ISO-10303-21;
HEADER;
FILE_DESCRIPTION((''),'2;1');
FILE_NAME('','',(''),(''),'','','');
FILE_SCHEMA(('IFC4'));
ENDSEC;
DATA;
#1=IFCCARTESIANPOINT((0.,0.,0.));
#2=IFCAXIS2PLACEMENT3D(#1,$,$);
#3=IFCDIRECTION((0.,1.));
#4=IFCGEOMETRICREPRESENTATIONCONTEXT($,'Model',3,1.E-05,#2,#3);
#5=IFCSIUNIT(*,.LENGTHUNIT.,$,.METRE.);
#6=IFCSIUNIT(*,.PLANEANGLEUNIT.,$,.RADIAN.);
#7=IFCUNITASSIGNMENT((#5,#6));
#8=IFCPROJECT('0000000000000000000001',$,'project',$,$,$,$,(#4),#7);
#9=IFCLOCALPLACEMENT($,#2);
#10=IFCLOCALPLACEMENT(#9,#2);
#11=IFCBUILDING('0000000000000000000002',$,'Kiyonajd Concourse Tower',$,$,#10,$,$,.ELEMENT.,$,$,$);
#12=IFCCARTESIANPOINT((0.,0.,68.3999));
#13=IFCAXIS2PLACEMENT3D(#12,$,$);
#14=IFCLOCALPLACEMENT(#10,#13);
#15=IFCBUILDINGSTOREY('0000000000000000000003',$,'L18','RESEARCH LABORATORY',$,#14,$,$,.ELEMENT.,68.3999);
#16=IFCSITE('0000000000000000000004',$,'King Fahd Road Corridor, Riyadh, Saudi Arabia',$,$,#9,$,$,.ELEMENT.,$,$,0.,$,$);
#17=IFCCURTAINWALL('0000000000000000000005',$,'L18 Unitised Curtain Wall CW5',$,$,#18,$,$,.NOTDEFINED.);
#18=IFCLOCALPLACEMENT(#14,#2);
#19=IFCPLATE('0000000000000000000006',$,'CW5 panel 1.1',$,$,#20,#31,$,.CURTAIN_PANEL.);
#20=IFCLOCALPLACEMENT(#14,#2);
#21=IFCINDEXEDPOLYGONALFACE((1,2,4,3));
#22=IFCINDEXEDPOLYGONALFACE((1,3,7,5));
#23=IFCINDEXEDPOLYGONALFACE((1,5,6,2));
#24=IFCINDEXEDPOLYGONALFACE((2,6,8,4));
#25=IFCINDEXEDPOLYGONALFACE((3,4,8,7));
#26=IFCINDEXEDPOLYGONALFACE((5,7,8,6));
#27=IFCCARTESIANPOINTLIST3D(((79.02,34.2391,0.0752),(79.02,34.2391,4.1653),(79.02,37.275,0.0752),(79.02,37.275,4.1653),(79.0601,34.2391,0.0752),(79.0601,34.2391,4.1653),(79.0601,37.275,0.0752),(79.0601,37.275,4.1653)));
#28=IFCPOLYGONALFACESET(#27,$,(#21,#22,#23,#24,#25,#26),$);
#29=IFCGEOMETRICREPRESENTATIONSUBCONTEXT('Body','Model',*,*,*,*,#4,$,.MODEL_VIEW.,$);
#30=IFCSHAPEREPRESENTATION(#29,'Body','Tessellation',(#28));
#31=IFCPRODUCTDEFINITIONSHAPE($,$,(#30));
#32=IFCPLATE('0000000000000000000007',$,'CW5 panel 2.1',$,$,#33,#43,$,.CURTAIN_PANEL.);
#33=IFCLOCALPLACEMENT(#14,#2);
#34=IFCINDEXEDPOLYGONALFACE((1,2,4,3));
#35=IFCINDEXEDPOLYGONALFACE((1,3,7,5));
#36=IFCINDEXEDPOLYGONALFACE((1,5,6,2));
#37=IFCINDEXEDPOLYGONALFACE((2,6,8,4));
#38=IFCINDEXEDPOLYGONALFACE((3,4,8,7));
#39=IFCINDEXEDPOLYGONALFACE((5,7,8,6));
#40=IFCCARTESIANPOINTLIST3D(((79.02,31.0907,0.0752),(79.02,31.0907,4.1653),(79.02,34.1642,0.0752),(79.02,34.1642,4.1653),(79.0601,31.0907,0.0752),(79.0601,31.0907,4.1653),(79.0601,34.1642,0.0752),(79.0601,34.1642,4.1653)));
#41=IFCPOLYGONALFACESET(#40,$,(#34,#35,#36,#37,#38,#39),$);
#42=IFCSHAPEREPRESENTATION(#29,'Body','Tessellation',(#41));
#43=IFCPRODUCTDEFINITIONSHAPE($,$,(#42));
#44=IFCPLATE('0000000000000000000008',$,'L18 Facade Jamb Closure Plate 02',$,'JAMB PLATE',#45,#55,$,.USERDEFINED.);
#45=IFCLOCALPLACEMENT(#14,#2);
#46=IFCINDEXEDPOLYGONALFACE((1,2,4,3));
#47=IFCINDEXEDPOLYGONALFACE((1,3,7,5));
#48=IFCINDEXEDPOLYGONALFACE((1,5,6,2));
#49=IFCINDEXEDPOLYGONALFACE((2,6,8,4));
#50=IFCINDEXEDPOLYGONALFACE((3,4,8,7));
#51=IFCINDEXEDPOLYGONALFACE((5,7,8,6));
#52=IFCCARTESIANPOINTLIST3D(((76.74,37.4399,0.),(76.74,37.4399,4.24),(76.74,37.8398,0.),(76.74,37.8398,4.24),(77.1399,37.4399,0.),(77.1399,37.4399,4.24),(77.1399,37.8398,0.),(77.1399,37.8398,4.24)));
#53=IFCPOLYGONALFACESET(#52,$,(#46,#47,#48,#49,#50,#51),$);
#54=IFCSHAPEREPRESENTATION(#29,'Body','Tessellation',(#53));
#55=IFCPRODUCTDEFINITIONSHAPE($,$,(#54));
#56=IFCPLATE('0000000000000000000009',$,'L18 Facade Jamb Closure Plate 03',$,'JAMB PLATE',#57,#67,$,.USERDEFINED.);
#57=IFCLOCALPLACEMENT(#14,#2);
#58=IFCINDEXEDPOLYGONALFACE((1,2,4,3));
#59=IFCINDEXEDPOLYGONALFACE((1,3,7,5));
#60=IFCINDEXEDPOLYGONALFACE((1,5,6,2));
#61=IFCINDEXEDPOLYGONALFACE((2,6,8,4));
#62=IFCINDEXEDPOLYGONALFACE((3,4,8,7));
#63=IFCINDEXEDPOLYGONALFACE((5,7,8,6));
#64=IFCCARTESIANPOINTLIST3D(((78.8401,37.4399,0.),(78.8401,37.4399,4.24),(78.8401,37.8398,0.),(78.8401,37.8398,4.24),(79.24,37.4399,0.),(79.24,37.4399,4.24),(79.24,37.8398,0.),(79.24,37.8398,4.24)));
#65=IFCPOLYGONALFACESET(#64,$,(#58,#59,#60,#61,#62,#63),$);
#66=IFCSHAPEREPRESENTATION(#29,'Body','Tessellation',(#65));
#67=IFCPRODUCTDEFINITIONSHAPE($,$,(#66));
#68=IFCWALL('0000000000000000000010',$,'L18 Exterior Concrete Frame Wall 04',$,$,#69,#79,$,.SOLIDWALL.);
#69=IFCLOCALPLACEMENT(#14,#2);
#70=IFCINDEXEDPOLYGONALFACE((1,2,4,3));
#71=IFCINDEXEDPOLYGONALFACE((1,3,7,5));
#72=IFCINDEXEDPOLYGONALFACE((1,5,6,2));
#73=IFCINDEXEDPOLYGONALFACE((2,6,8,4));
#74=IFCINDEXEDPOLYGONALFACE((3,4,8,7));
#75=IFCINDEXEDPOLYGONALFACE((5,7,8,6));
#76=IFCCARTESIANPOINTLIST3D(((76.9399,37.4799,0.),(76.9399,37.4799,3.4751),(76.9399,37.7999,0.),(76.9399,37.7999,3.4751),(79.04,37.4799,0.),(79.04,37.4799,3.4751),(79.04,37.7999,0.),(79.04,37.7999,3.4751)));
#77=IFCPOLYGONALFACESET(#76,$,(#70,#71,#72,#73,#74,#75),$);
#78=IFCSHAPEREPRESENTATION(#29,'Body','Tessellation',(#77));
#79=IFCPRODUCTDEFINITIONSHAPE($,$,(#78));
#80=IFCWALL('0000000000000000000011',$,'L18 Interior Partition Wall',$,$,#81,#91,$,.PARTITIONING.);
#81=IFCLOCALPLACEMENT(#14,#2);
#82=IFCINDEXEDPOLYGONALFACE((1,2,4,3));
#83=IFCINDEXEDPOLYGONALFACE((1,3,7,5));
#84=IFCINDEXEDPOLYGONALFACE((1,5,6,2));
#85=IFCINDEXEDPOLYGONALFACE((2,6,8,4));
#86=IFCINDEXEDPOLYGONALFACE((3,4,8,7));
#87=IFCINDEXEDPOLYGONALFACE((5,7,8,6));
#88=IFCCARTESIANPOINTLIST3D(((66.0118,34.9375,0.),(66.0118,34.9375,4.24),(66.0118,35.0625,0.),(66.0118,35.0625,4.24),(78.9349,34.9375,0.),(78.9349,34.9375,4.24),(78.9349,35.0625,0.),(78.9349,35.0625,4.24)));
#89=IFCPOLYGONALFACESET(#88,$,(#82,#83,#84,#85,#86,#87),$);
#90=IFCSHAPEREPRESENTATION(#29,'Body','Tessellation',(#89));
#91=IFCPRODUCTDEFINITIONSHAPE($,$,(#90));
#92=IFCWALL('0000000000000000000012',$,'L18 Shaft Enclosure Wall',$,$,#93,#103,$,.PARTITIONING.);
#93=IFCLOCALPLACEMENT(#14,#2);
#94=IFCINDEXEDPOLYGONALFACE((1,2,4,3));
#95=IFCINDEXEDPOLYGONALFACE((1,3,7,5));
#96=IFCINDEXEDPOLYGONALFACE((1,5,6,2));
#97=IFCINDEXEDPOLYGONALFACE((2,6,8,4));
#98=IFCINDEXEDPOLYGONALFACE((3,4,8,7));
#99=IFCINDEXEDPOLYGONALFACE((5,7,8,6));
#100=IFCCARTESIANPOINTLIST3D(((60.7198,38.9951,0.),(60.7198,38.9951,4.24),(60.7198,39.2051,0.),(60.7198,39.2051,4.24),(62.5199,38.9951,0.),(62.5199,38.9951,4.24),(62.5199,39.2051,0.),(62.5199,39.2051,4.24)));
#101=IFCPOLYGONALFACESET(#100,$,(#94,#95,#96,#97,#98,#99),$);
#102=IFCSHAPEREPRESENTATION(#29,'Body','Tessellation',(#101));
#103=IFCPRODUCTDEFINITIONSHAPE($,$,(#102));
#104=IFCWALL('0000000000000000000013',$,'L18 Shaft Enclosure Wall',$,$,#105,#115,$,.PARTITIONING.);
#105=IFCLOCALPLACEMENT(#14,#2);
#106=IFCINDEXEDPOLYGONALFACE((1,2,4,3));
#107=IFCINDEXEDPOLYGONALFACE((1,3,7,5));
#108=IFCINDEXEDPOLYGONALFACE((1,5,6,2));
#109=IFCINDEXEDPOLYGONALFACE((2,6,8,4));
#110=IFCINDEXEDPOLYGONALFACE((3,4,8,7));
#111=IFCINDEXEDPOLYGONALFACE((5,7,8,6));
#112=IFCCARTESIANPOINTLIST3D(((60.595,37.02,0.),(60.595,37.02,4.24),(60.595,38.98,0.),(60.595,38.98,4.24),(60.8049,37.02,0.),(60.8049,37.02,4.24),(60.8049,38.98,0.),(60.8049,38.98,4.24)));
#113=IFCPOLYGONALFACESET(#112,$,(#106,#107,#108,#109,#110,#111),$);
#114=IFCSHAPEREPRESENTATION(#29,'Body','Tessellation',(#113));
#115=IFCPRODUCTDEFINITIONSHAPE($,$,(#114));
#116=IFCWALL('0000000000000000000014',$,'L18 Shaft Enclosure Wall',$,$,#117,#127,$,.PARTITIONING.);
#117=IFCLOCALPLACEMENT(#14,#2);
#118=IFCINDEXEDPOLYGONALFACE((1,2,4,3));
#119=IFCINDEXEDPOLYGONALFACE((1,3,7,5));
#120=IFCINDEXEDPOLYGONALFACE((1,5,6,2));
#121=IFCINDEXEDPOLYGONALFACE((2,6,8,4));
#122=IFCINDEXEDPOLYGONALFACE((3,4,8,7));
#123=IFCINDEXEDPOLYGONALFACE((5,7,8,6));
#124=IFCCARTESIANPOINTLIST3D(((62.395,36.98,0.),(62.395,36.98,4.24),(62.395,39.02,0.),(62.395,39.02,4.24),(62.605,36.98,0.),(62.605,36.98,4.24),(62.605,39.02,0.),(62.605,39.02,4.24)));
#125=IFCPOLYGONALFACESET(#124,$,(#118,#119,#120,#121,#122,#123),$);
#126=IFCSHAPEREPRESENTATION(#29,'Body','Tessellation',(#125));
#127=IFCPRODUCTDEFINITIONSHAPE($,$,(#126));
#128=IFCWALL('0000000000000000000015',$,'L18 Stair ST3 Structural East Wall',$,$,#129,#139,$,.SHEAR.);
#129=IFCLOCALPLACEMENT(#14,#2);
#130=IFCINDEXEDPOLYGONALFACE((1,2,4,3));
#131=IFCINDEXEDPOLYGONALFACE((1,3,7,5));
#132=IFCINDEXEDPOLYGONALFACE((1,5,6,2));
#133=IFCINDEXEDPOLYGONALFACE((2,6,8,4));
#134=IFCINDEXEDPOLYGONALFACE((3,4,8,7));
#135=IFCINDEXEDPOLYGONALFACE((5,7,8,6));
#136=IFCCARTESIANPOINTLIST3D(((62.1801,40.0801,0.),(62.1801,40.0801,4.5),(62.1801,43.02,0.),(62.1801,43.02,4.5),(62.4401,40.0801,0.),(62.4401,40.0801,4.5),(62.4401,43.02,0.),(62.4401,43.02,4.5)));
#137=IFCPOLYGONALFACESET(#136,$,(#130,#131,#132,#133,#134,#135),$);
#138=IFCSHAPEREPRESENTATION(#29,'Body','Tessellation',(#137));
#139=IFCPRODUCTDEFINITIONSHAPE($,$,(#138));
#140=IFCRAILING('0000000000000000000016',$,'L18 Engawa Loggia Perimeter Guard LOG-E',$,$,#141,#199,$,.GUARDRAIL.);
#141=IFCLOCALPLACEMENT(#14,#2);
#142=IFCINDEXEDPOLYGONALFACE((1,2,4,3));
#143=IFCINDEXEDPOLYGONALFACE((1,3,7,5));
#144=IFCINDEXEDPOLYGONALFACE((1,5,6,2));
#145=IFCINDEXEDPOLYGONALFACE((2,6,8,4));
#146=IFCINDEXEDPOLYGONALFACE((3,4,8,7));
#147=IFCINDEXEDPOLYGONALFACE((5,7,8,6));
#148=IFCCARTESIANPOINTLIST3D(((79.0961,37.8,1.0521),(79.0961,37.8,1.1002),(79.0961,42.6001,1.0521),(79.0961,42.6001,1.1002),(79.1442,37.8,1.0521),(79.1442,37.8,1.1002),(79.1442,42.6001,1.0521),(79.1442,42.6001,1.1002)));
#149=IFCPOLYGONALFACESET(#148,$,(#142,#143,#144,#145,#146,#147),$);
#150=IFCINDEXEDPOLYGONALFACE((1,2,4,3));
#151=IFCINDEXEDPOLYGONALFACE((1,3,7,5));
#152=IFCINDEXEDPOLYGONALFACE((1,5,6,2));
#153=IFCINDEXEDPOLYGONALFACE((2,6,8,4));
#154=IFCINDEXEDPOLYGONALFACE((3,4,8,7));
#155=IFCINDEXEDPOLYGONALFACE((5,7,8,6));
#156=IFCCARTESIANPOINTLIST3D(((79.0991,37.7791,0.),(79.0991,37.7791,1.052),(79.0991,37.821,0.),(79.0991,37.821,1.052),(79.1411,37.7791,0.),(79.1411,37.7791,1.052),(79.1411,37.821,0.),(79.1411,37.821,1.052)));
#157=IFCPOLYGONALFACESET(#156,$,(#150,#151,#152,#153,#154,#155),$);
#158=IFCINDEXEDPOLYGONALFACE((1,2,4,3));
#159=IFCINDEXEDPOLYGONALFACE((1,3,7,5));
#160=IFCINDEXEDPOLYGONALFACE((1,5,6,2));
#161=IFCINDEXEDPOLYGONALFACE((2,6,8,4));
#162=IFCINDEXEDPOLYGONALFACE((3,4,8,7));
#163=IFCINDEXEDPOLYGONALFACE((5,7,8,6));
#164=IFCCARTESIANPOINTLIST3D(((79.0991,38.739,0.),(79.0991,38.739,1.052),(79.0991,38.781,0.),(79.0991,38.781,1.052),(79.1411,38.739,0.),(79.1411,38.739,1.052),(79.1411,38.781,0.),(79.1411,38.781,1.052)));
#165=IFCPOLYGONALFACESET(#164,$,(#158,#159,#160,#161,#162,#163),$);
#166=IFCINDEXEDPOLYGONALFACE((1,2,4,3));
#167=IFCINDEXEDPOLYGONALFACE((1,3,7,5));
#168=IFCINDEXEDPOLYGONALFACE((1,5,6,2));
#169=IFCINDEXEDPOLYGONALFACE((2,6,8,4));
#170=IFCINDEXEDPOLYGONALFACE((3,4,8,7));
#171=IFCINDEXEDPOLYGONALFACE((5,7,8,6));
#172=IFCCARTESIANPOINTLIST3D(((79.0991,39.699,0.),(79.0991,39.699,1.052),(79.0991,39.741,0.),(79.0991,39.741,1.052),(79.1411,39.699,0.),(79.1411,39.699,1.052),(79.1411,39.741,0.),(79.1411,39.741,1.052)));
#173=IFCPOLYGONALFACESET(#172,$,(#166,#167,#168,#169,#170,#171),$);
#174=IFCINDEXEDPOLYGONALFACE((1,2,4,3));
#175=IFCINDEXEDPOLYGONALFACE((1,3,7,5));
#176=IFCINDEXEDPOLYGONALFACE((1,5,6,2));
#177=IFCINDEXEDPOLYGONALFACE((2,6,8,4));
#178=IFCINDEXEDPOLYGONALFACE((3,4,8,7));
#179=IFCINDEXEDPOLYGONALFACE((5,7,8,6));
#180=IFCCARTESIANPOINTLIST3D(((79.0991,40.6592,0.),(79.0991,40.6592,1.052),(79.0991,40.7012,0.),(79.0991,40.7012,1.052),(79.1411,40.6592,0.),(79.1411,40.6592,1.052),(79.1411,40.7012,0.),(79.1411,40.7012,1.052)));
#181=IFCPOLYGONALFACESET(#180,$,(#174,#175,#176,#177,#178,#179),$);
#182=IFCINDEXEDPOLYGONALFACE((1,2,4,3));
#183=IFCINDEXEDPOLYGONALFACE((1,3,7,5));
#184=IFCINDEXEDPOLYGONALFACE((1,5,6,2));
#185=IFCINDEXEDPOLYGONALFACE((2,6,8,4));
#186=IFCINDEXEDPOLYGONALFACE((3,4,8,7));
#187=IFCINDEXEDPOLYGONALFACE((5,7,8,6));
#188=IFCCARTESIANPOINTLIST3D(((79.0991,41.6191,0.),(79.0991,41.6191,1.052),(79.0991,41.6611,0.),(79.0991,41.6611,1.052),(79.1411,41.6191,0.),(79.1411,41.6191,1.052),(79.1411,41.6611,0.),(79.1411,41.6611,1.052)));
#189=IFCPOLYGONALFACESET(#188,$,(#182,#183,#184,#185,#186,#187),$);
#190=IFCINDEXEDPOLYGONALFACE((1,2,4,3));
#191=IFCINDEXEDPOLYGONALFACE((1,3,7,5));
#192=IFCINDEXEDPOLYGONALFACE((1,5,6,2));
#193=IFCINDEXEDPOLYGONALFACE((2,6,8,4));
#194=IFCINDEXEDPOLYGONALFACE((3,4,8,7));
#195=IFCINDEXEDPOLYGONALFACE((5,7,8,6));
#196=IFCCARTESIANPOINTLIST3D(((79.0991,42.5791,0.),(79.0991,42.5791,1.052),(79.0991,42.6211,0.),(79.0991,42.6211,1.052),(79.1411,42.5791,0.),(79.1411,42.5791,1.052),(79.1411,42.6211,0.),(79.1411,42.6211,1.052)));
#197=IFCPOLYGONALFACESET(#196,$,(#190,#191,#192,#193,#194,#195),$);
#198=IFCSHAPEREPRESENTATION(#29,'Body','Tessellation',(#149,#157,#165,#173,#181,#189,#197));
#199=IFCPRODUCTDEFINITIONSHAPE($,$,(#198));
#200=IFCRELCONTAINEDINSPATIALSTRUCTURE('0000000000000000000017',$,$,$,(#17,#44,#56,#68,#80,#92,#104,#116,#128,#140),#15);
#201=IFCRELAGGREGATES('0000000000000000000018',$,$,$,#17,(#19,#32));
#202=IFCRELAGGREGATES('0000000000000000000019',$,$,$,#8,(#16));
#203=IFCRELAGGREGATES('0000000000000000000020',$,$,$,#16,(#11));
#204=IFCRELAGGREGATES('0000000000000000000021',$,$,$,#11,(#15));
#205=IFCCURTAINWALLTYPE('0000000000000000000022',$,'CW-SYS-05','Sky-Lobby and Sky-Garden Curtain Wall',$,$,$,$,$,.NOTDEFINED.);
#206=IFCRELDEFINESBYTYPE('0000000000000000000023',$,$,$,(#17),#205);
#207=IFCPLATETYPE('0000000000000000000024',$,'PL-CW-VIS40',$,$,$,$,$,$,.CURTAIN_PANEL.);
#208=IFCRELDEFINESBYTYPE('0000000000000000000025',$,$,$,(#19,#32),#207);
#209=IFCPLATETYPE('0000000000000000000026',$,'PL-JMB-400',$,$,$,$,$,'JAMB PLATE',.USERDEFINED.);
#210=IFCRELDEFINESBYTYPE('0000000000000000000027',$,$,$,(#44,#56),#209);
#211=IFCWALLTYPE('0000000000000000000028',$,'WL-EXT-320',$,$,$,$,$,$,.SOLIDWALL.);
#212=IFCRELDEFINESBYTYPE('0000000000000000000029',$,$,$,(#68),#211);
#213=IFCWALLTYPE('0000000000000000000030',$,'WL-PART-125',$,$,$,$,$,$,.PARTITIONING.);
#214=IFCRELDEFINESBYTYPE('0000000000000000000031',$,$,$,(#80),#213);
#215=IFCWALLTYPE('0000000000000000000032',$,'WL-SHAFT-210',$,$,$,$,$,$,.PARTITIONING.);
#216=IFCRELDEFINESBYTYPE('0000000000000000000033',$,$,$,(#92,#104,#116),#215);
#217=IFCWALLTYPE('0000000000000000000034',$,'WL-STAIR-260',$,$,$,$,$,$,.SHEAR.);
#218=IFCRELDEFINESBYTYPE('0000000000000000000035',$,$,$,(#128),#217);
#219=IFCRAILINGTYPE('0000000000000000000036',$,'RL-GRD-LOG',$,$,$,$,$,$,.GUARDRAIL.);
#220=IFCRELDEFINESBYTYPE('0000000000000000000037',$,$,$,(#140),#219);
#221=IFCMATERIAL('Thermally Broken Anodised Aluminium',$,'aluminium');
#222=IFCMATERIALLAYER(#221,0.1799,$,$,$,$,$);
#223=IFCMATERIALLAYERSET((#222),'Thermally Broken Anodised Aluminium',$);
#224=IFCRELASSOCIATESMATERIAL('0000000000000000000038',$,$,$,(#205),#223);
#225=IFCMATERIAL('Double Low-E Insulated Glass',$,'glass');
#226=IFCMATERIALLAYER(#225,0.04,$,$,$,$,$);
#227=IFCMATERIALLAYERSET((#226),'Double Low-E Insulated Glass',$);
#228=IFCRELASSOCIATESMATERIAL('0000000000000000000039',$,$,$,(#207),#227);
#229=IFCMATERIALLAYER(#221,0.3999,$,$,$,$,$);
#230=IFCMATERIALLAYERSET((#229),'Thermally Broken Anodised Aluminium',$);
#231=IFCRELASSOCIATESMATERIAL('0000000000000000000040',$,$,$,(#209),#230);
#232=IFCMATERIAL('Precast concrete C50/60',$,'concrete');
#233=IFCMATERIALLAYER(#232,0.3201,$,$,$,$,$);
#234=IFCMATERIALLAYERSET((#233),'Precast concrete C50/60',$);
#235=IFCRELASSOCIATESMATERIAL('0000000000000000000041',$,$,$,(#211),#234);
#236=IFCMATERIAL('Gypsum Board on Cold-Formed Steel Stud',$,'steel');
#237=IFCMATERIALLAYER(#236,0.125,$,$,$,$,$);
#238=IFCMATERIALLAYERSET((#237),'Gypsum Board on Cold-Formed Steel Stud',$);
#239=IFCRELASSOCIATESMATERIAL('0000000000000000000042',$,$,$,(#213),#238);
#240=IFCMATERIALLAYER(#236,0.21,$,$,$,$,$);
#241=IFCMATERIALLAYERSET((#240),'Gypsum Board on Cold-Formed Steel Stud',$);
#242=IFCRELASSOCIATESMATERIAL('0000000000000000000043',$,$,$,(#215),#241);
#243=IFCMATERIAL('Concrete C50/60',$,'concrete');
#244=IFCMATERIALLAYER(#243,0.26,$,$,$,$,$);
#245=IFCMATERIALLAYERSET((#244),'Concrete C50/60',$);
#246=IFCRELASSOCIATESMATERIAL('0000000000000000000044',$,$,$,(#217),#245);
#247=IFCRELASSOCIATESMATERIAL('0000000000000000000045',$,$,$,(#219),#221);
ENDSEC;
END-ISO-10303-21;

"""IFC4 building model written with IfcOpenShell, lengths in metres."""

from ifc_helpers import new_model, si_unit, direction, frame, frame_2d, origin, origin_2d, place, context, subcontext, project, spatial, rectangle, extrude, material, layer, layer_set, type_object, element, aggregate, save


model = new_model("IFC4")

# Units and contexts
model_context = context("Model", 3, precision=1e-05, world=origin(), true_north=direction((0.0, 1.0)))
body_context = subcontext(model_context, "Body", "Model", "MODEL_VIEW")
ifc_project = project(units=[si_unit("LENGTHUNIT", "METRE"), si_unit("PLANEANGLEUNIT", "RADIAN")], contexts=[model_context])

# Site, building, storey
site_placement = place(None, origin())
site = spatial("IfcSite", under=ifc_project, at=site_placement, Name="King Fahd Road Corridor, Riyadh, Saudi Arabia", CompositionType="ELEMENT", RefElevation=0.0)
building_placement = place(site_placement, origin())
building = spatial("IfcBuilding", under=site, at=building_placement, Name="Kiyonajd Concourse Tower", CompositionType="ELEMENT")
storey_placement = place(building_placement, frame((0.0, 0.0, 68.3999)))
storey = spatial("IfcBuildingStorey", under=building, at=storey_placement, Name="L18", Description="RESEARCH LABORATORY", CompositionType="ELEMENT", Elevation=68.3999)

# Shared definitions
ifc_material_1 = material(Name="Precast concrete C50/60", Category="concrete")

# Curtain wall, plates
ifc_material_2 = material(Name="Thermally Broken Anodised Aluminium", Category="aluminium")
ifc_layer_1 = layer(ifc_material_2, 0.1799)
ifc_layer_set_1 = layer_set([ifc_layer_1], Name="Thermally Broken Anodised Aluminium")
curtain_wall_type = type_object("IfcCurtainWallType", Name="CW-SYS-05", Description="Sky-Lobby and Sky-Garden Curtain Wall", PredefinedType="NOTDEFINED", material=ifc_layer_set_1)
curtain_wall_placement = place(storey_placement, origin())
curtain_wall = element("IfcCurtainWall", 1, at=curtain_wall_placement, inside=storey, type_object=curtain_wall_type, Name="L18 Unitised Curtain Wall CW5", PredefinedType="NOTDEFINED")
ifc_material_3 = material(Name="Double Low-E Insulated Glass", Category="glass")
ifc_layer_2 = layer(ifc_material_3, 0.04)
ifc_layer_set_2 = layer_set([ifc_layer_2], Name="Double Low-E Insulated Glass")
plate_type_1 = type_object("IfcPlateType", Name="PL-CW-VIS40", PredefinedType="CURTAIN_PANEL", material=ifc_layer_set_2)
plate_1_placement = place(storey_placement, frame((79.04, 35.7571, 0.0752), z_axis=(0.0, 0.0, 1.0), x_axis=(0.0, -1.0, 0.0)))
plate_1 = element("IfcPlate", 2, at=plate_1_placement, type_object=plate_type_1, Name="CW5 panel 1.1", PredefinedType="CURTAIN_PANEL", context=body_context, shape_type="SweptSolid", body=[
    extrude(rectangle(XDim=3.0359, YDim=0.04, at=origin_2d()), origin(), (0.0, 0.0, 1.0), 4.0901),
])
plate_2_placement = place(storey_placement, frame((79.04, 32.6274, 0.0752), z_axis=(0.0, 0.0, 1.0), x_axis=(0.0, -1.0, 0.0)))
plate_2 = element("IfcPlate", 3, at=plate_2_placement, type_object=plate_type_1, Name="CW5 panel 2.1", PredefinedType="CURTAIN_PANEL", context=body_context, shape_type="SweptSolid", body=[
    extrude(rectangle(XDim=3.0735, YDim=0.04, at=origin_2d()), origin(), (0.0, 0.0, 1.0), 4.0901),
])
aggregate(curtain_wall, [plate_1, plate_2])

# Plates
ifc_layer_3 = layer(ifc_material_2, 0.3999)
ifc_layer_set_3 = layer_set([ifc_layer_3], Name="Thermally Broken Anodised Aluminium")
plate_type_2 = type_object("IfcPlateType", Name="PL-JMB-400", ElementType="JAMB PLATE", PredefinedType="USERDEFINED", material=ifc_layer_set_3)
for number, where, z_axis, x_axis, name in (
    (4, (76.9399, 37.6399, 0.0), (0.0, 0.0, 1.0), (1.0, 0.0, 0.0), "L18 Facade Jamb Closure Plate 02"),
    (5, (79.04, 37.6399, 0.0), (0.0, 0.0, 1.0), (1.0, 0.0, 0.0), "L18 Facade Jamb Closure Plate 03"),
):
    element("IfcPlate", number, at=place(storey_placement, frame(where, z_axis=z_axis, x_axis=x_axis)), inside=storey, type_object=plate_type_2, Name=name, ObjectType="JAMB PLATE", PredefinedType="USERDEFINED", context=body_context, shape_type="SweptSolid", body=[
        extrude(rectangle(XDim=0.3999, YDim=0.3999, at=origin_2d()), origin(), (0.0, 0.0, 1.0), 4.24),
    ])

# Walls
ifc_layer_4 = layer(ifc_material_1, 0.3201)
ifc_layer_set_4 = layer_set([ifc_layer_4], Name="Precast concrete C50/60")
wall_type_1 = type_object("IfcWallType", Name="WL-EXT-320", PredefinedType="SOLIDWALL", material=ifc_layer_set_4)
wall_1_placement = place(storey_placement, frame((76.9399, 37.6399, 0.0), z_axis=(0.0, 0.0, 1.0), x_axis=(1.0, 0.0, 0.0)))
element("IfcWall", 6, at=wall_1_placement, inside=storey, type_object=wall_type_1, Name="L18 Exterior Concrete Frame Wall 04", PredefinedType="SOLIDWALL", context=body_context, shape_type="SweptSolid", body=[
    extrude(rectangle(XDim=2.1001, YDim=0.3201, at=frame_2d((1.05, 0.0))), origin(), (0.0, 0.0, 1.0), 3.4751),
])
ifc_material_4 = material(Name="Gypsum Board on Cold-Formed Steel Stud", Category="steel")
ifc_layer_5 = layer(ifc_material_4, 0.125)
ifc_layer_set_5 = layer_set([ifc_layer_5], Name="Gypsum Board on Cold-Formed Steel Stud")
wall_type_2 = type_object("IfcWallType", Name="WL-PART-125", PredefinedType="PARTITIONING", material=ifc_layer_set_5)
wall_2_placement = place(storey_placement, frame((66.012, 35.0, 0.0), z_axis=(0.0, 0.0, 1.0), x_axis=(1.0, 0.0, 0.0)))
element("IfcWall", 7, at=wall_2_placement, inside=storey, type_object=wall_type_2, Name="L18 Interior Partition Wall", PredefinedType="PARTITIONING", context=body_context, shape_type="SweptSolid", body=[
    extrude(rectangle(XDim=12.9231, YDim=0.125, at=frame_2d((6.4614, 0.0))), origin(), (0.0, 0.0, 1.0), 4.24),
])
ifc_layer_6 = layer(ifc_material_4, 0.21)
ifc_layer_set_6 = layer_set([ifc_layer_6], Name="Gypsum Board on Cold-Formed Steel Stud")
wall_type_3 = type_object("IfcWallType", Name="WL-SHAFT-210", PredefinedType="PARTITIONING", material=ifc_layer_set_6)
wall_3_placement = place(storey_placement, frame((60.72, 39.1001, 0.0), z_axis=(0.0, 0.0, 1.0), x_axis=(1.0, 0.0, 0.0)))
element("IfcWall", 8, at=wall_3_placement, inside=storey, type_object=wall_type_3, Name="L18 Shaft Enclosure Wall", PredefinedType="PARTITIONING", context=body_context, shape_type="SweptSolid", body=[
    extrude(rectangle(XDim=1.8, YDim=0.21, at=frame_2d((0.8999, 0.0))), origin(), (0.0, 0.0, 1.0), 4.24),
])
wall_4_placement = place(storey_placement, frame((60.7, 37.02, 0.0), z_axis=(0.0, 0.0, 1.0), x_axis=(0.0, 1.0, 0.0)))
element("IfcWall", 9, at=wall_4_placement, inside=storey, type_object=wall_type_3, Name="L18 Shaft Enclosure Wall", PredefinedType="PARTITIONING", context=body_context, shape_type="SweptSolid", body=[
    extrude(rectangle(XDim=1.96, YDim=0.21, at=frame_2d((0.98, 0.0))), origin(), (0.0, 0.0, 1.0), 4.24),
])
wall_5_placement = place(storey_placement, frame((62.5, 36.98, 0.0), z_axis=(0.0, 0.0, 1.0), x_axis=(0.0, 1.0, 0.0)))
element("IfcWall", 10, at=wall_5_placement, inside=storey, type_object=wall_type_3, Name="L18 Shaft Enclosure Wall", PredefinedType="PARTITIONING", context=body_context, shape_type="SweptSolid", body=[
    extrude(rectangle(XDim=2.04, YDim=0.21, at=frame_2d((1.02, 0.0))), origin(), (0.0, 0.0, 1.0), 4.24),
])
ifc_material_5 = material(Name="Concrete C50/60", Category="concrete")
ifc_layer_7 = layer(ifc_material_5, 0.26)
ifc_layer_set_7 = layer_set([ifc_layer_7], Name="Concrete C50/60")
wall_type_4 = type_object("IfcWallType", Name="WL-STAIR-260", PredefinedType="SHEAR", material=ifc_layer_set_7)
wall_6_placement = place(storey_placement, frame((62.3101, 40.0801, 0.0), z_axis=(0.0, 0.0, 1.0), x_axis=(0.0, 1.0, 0.0)))
element("IfcWall", 11, at=wall_6_placement, inside=storey, type_object=wall_type_4, Name="L18 Stair ST3 Structural East Wall", PredefinedType="SHEAR", context=body_context, shape_type="SweptSolid", body=[
    extrude(rectangle(XDim=2.9399, YDim=0.26, at=frame_2d((1.47, 0.0))), origin(), (0.0, 0.0, 1.0), 4.5),
])

# Railing
railing_type_1 = type_object("IfcRailingType", Name="RL-GRD-LOG", PredefinedType="GUARDRAIL", material=ifc_material_2)
railing_1_placement = place(storey_placement, frame((79.1201, 37.8, 0.0)))
element("IfcRailing", 12, at=railing_1_placement, inside=storey, type_object=railing_type_1, Name="L18 Engawa Loggia Perimeter Guard LOG-E", PredefinedType="GUARDRAIL", context=body_context, shape_type="SweptSolid", body=[
    extrude(rectangle(XDim=0.0481, YDim=0.0481, at=origin_2d()), frame((0.0, 0.0, 1.0762), z_axis=(0.0, 1.0, 0.0), x_axis=(-1.0, 0.0, 0.0)), (0.0, 0.0, 1.0), 4.8),
    extrude(rectangle(XDim=0.042, YDim=0.042, at=origin_2d()), origin(), (0.0, 0.0, 1.0), 1.052),
    extrude(rectangle(XDim=0.042, YDim=0.042, at=origin_2d()), frame((0.0, 0.96, 0.0)), (0.0, 0.0, 1.0), 1.052),
    extrude(rectangle(XDim=0.042, YDim=0.042, at=origin_2d()), frame((0.0, 1.9199, 0.0)), (0.0, 0.0, 1.0), 1.052),
    extrude(rectangle(XDim=0.042, YDim=0.042, at=origin_2d()), frame((0.0, 2.8801, 0.0)), (0.0, 0.0, 1.0), 1.052),
    extrude(rectangle(XDim=0.042, YDim=0.042, at=origin_2d()), frame((0.0, 3.8401, 0.0)), (0.0, 0.0, 1.0), 1.052),
    extrude(rectangle(XDim=0.042, YDim=0.042, at=origin_2d()), frame((0.0, 4.8, 0.0)), (0.0, 0.0, 1.0), 1.052),
])

save(model, "model.ifc")
